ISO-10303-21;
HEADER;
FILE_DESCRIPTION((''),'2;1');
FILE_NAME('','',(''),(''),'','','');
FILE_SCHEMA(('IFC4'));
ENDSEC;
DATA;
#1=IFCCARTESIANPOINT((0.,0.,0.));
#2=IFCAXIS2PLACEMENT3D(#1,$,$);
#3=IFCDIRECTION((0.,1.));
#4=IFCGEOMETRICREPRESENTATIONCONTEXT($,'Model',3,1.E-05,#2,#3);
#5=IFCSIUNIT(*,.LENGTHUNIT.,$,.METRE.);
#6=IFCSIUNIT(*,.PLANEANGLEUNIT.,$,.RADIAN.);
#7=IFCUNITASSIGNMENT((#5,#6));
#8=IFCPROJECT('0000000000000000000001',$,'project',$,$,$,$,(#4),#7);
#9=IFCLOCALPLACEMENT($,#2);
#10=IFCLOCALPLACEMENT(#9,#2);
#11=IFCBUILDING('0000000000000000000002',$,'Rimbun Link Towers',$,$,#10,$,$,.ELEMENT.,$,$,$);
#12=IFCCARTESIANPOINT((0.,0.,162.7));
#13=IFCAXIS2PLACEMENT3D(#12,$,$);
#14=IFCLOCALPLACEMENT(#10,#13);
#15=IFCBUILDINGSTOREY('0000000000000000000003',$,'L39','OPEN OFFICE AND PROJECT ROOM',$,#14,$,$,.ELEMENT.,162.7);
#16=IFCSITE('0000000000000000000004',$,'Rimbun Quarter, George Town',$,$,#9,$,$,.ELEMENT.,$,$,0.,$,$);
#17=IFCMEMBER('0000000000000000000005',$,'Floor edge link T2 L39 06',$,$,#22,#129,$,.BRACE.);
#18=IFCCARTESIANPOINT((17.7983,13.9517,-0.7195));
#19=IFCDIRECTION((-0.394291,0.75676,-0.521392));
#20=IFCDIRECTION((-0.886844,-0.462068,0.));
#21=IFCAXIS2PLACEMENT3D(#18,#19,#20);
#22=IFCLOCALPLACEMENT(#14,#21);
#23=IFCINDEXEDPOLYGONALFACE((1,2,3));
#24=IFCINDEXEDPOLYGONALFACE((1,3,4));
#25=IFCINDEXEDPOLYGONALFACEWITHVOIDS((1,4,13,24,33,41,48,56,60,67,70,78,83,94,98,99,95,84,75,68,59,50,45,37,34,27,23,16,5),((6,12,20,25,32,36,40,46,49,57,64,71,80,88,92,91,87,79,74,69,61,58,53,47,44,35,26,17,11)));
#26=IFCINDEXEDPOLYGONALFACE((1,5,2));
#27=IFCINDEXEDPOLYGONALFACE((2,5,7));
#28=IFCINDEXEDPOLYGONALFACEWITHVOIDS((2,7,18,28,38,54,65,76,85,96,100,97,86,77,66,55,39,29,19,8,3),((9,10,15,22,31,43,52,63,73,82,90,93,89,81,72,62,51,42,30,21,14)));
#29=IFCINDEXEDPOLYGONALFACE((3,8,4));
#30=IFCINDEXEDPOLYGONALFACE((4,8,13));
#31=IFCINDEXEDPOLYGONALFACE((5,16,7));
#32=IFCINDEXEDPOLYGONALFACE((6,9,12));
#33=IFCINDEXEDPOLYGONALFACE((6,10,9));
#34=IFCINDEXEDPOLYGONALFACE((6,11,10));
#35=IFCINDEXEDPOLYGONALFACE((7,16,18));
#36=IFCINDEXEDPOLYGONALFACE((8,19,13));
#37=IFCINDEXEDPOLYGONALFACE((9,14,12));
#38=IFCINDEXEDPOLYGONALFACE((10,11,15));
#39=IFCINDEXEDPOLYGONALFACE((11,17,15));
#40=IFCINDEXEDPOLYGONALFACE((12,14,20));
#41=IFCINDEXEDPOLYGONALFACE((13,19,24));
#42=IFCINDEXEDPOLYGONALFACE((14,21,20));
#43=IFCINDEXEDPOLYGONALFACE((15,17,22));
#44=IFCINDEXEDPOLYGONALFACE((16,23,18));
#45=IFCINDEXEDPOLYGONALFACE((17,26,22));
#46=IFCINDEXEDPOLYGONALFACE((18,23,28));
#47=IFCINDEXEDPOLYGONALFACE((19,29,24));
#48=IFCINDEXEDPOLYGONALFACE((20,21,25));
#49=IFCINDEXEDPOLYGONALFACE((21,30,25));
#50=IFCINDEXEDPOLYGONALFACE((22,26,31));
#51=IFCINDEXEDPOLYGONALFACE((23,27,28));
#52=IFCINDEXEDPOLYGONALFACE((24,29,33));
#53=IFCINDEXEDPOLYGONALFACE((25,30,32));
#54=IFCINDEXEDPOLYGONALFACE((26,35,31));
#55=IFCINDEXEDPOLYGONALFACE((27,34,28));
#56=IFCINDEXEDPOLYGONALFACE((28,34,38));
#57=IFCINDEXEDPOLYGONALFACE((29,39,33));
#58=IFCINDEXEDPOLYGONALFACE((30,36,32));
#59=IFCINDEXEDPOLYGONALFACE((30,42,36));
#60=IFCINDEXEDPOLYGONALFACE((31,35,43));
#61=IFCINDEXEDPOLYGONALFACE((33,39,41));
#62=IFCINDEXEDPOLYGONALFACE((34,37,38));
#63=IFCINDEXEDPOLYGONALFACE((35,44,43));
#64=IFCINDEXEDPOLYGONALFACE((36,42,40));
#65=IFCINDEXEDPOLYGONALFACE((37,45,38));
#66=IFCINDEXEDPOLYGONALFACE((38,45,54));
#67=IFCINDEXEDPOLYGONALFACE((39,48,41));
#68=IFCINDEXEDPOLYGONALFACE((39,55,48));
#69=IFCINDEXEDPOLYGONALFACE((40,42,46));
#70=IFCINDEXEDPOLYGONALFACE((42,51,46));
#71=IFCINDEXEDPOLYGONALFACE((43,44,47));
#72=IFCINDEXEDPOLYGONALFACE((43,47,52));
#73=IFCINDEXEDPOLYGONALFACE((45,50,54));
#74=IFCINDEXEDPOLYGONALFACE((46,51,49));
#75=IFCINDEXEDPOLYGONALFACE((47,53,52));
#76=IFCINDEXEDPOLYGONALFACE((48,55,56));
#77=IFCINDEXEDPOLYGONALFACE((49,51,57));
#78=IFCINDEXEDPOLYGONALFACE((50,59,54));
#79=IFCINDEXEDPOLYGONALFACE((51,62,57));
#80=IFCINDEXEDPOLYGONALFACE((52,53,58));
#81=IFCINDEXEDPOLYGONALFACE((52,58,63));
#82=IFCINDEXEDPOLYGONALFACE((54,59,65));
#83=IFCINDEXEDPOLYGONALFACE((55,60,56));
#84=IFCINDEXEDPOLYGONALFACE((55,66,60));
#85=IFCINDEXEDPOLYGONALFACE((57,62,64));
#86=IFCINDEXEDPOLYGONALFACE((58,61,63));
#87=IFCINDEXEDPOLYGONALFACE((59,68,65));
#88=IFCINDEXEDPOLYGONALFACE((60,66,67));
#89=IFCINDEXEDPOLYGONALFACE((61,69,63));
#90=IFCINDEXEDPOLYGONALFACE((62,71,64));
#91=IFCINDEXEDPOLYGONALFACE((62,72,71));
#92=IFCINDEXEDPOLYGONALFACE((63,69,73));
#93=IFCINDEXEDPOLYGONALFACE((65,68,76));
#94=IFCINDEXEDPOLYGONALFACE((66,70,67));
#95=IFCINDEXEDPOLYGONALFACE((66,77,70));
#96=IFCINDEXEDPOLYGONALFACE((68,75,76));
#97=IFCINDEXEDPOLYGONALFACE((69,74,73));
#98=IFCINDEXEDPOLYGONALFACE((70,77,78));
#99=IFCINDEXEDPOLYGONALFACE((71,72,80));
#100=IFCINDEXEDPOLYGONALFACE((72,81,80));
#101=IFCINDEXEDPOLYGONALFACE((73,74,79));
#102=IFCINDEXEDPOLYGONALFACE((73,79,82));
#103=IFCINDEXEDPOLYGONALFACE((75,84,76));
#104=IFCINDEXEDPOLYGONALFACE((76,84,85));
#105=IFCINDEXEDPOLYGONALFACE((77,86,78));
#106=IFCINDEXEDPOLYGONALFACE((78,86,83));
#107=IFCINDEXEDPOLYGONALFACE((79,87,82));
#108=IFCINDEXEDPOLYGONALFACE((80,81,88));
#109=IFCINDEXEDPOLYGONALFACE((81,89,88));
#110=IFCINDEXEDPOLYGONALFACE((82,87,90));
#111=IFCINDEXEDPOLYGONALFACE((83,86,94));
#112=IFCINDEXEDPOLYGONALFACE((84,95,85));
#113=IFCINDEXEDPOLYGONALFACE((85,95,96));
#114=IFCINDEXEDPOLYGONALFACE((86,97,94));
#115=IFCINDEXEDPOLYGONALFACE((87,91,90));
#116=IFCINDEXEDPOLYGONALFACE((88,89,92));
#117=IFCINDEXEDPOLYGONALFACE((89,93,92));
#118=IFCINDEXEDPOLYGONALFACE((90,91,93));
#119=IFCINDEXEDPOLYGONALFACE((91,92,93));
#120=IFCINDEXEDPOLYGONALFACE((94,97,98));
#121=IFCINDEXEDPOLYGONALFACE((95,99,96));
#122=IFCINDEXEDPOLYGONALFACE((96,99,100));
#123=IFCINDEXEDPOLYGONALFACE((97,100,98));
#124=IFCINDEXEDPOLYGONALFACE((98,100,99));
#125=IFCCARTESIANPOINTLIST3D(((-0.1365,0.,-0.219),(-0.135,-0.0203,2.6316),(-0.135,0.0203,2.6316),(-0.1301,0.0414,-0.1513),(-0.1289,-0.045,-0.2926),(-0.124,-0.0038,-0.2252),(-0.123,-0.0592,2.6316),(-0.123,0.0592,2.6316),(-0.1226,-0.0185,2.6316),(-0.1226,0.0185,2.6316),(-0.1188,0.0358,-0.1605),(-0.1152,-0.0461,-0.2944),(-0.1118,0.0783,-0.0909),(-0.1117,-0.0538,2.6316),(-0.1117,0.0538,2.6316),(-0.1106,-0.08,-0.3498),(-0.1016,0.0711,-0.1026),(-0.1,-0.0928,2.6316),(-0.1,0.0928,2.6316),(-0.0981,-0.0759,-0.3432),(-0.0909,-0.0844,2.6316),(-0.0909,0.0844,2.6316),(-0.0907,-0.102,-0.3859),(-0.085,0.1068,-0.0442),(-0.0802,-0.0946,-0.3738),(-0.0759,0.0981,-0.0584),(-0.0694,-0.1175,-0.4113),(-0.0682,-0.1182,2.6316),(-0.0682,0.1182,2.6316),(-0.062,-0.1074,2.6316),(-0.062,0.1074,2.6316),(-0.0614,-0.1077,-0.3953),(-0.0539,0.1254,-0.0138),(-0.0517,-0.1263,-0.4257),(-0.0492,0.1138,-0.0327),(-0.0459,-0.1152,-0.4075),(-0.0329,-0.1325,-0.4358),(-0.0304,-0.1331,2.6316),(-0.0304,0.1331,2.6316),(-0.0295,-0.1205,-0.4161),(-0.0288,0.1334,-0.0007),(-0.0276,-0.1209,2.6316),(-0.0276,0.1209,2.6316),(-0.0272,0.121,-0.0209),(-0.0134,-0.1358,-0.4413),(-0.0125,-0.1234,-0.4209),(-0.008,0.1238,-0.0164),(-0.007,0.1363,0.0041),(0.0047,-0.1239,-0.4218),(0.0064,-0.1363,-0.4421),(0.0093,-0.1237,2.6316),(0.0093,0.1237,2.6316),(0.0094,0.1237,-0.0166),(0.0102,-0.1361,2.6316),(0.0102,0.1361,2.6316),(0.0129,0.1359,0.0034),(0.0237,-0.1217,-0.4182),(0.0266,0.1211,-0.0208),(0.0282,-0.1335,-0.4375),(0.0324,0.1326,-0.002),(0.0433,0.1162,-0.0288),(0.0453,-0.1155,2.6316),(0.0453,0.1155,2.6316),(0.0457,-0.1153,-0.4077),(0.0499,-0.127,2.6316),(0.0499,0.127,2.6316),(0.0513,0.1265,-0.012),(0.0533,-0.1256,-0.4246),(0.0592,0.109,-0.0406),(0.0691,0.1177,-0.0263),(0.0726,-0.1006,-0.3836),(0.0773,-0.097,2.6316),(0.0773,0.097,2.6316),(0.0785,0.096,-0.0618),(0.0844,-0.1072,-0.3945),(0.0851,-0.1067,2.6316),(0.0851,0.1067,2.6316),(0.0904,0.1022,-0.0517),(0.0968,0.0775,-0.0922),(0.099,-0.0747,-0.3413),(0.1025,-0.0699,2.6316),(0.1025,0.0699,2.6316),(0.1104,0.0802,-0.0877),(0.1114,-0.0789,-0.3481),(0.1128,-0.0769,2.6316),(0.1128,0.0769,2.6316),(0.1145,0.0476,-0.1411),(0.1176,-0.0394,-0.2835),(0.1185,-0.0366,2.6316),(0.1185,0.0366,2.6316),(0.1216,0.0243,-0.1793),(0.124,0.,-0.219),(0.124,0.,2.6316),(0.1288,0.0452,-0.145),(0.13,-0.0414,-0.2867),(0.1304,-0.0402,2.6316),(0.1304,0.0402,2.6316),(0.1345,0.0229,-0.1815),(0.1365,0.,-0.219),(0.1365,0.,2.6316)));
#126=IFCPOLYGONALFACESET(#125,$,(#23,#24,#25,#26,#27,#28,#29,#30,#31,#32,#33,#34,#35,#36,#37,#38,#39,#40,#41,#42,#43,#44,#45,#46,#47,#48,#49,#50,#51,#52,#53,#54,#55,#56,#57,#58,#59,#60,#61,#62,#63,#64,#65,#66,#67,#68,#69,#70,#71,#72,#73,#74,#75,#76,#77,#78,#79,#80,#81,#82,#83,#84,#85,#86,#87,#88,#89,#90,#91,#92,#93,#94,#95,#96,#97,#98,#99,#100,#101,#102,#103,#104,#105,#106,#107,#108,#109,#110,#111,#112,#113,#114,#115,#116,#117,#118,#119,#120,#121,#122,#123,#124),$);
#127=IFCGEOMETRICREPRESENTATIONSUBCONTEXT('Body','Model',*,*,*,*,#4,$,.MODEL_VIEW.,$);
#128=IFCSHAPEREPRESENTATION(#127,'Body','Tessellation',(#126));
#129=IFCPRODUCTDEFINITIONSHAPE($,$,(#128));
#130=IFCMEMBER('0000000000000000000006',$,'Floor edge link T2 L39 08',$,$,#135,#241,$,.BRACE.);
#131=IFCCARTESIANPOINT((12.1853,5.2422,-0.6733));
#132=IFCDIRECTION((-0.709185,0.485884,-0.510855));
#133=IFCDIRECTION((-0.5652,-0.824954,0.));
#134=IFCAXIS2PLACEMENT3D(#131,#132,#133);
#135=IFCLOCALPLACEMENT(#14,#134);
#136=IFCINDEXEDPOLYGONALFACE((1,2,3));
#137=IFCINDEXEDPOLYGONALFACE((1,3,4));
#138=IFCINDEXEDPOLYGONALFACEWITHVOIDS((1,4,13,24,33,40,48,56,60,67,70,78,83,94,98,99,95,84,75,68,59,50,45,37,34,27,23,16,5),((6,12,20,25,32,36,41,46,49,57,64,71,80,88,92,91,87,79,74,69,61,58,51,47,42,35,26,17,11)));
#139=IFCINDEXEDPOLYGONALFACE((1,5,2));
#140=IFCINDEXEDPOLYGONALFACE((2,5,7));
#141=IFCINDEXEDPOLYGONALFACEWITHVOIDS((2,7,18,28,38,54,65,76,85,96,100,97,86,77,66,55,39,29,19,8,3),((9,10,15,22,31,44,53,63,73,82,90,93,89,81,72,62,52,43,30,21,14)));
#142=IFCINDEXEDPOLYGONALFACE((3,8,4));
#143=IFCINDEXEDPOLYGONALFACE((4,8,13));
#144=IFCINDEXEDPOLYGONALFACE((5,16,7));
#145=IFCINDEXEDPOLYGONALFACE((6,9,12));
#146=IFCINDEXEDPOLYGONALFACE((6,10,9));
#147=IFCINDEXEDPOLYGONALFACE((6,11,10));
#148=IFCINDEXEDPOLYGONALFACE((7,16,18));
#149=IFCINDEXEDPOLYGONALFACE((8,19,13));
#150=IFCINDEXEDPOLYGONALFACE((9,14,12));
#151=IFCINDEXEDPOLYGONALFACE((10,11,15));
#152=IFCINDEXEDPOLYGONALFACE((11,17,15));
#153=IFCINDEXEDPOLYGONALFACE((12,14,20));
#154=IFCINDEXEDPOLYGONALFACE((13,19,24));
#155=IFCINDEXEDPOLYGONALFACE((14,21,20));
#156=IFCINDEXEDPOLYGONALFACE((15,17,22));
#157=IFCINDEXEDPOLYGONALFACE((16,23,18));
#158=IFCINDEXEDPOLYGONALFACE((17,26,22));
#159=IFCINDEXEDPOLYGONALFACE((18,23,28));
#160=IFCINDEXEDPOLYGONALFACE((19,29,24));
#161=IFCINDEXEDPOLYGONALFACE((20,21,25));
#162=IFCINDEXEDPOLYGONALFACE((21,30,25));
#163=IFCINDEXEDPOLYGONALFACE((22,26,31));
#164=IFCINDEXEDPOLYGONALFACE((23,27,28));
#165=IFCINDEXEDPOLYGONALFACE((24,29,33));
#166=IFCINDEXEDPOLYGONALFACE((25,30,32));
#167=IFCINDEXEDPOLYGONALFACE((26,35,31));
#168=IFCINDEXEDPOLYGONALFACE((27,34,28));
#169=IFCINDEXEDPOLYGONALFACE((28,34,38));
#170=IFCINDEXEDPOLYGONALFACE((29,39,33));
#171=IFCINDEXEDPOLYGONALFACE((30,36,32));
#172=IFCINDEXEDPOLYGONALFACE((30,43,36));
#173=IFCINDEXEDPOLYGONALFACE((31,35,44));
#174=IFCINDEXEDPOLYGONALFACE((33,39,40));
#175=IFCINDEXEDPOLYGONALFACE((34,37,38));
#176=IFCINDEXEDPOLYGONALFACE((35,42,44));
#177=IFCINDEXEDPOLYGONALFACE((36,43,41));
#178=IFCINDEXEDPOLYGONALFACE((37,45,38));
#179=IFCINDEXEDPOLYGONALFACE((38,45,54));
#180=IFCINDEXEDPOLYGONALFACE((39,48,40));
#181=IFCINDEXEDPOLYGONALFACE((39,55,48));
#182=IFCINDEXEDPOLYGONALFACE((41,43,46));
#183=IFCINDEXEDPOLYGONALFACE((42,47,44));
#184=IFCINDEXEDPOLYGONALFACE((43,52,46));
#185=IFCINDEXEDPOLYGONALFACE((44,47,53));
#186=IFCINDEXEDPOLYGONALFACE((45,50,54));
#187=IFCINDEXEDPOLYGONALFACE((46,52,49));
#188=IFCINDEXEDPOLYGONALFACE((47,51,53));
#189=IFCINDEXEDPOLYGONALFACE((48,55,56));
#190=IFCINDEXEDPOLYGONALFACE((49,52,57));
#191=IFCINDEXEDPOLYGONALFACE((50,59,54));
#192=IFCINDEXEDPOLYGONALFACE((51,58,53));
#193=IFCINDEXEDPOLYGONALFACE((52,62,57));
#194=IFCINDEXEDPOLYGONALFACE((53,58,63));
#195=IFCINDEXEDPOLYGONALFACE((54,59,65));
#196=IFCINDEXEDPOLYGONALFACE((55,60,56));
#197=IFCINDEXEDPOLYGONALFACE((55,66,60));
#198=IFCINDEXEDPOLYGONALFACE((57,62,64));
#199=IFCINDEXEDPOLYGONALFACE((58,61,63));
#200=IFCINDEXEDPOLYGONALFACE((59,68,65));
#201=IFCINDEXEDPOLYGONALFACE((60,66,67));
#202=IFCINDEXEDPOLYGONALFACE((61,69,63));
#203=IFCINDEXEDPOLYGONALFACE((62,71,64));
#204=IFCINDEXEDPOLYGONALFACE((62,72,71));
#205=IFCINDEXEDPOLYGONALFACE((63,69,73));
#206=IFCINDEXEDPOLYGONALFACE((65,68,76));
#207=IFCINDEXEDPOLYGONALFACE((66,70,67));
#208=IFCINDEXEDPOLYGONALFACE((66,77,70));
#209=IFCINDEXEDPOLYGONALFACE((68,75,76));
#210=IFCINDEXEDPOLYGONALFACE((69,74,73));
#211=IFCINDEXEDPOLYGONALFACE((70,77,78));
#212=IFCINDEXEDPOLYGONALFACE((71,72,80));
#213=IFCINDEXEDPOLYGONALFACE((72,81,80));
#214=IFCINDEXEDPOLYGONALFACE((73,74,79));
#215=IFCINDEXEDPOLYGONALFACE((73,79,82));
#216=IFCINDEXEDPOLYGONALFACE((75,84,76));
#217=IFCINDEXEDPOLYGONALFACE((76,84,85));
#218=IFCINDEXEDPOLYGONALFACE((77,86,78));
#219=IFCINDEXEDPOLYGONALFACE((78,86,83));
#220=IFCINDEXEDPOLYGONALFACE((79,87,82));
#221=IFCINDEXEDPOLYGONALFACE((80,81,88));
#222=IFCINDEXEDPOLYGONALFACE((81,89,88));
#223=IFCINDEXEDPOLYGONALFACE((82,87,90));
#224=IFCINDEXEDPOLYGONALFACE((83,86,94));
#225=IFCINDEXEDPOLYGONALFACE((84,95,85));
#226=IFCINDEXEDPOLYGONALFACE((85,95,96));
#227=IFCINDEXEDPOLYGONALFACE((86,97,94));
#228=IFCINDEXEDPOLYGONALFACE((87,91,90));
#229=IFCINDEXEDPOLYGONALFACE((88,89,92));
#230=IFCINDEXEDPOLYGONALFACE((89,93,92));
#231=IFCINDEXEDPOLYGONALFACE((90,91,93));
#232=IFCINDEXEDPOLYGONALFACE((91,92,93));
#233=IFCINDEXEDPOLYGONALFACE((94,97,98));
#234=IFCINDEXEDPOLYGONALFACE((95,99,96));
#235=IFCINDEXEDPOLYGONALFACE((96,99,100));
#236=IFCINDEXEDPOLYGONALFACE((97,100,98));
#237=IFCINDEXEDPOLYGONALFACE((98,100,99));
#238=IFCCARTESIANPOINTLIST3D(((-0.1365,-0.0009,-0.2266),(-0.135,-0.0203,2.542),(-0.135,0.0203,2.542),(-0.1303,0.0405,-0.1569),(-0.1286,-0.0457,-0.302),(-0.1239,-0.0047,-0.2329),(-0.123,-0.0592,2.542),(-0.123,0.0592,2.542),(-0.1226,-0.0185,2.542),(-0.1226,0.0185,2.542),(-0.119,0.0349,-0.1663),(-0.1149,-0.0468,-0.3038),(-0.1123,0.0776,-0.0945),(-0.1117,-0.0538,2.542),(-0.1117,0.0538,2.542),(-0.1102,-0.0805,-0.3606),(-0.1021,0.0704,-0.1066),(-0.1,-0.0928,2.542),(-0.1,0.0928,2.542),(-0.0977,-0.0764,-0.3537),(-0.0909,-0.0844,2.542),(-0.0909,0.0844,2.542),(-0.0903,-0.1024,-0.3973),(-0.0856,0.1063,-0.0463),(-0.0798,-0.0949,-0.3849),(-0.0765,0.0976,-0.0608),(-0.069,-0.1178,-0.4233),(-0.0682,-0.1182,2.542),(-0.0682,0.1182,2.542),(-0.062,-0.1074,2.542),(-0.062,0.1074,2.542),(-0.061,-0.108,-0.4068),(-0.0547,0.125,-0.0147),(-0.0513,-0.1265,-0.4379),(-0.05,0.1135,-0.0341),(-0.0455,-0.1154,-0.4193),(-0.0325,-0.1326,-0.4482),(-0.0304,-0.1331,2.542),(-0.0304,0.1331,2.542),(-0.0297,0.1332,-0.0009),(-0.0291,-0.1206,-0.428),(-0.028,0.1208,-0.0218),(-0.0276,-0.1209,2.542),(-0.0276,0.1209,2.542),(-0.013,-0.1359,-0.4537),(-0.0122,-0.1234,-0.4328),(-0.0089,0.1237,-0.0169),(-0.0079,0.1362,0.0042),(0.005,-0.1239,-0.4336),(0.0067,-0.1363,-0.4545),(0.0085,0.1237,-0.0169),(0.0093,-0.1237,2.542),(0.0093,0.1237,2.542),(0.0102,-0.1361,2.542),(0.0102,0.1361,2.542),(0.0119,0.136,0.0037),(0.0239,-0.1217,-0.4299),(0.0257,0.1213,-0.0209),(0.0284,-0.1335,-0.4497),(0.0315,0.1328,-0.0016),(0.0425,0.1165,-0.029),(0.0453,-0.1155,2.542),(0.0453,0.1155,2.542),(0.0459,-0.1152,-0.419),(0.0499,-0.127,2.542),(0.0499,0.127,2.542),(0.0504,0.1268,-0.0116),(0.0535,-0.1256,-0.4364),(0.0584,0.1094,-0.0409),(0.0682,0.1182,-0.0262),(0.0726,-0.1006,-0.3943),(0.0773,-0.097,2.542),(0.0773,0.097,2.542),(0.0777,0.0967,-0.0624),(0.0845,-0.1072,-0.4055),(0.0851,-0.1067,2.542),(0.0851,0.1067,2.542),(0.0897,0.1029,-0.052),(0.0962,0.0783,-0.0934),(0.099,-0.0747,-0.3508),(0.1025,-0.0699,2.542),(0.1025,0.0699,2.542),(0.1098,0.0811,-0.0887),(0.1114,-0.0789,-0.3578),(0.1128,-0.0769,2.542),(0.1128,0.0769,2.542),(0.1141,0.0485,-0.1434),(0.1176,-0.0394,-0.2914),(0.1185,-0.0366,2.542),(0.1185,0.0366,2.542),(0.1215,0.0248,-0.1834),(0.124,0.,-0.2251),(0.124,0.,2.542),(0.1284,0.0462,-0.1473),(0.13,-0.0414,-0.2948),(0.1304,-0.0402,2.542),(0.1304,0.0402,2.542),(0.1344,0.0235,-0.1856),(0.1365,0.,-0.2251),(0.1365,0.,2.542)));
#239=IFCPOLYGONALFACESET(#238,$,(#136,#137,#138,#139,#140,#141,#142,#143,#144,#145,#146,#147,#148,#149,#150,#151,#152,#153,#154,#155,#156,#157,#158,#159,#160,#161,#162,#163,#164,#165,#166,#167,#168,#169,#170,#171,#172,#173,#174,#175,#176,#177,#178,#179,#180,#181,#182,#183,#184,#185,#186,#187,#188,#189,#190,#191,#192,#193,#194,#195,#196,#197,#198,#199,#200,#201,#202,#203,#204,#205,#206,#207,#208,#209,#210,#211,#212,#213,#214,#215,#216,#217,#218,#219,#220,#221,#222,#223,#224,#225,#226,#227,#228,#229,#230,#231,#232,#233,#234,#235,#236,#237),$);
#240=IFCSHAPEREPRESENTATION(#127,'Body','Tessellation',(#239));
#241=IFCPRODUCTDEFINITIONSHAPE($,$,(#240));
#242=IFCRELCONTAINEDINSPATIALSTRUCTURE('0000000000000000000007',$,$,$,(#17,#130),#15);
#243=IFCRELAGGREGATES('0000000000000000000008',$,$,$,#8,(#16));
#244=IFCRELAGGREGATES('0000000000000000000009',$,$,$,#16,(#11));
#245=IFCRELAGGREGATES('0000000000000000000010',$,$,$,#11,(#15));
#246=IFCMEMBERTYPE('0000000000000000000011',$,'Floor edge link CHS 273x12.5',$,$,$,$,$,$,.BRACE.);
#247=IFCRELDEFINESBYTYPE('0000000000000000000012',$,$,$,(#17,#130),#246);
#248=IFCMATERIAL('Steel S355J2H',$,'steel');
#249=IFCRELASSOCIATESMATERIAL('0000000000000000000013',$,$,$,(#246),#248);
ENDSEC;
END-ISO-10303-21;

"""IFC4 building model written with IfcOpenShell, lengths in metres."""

from ifc_helpers import new_model, si_unit, direction, frame, origin, origin_2d, place, context, subcontext, project, spatial, hollow_circle, extrude, clip, halfspace, material, material_profile, profile_set, type_object, element, save


model = new_model("IFC4")

# Units and contexts
model_context = context("Model", 3, precision=1e-05, world=origin(), true_north=direction((0.0, 1.0)))
body_context = subcontext(model_context, "Body", "Model", "MODEL_VIEW")
ifc_project = project(units=[si_unit("LENGTHUNIT", "METRE"), si_unit("PLANEANGLEUNIT", "RADIAN")], contexts=[model_context])

# Site, building, storey
site_placement = place(None, origin())
site = spatial("IfcSite", under=ifc_project, at=site_placement, Name="Rimbun Quarter, George Town", CompositionType="ELEMENT", RefElevation=0.0)
building_placement = place(site_placement, origin())
building = spatial("IfcBuilding", under=site, at=building_placement, Name="Rimbun Link Towers", CompositionType="ELEMENT")
storey_placement = place(building_placement, frame((0.0, 0.0, 162.7)))
storey = spatial("IfcBuildingStorey", under=building, at=storey_placement, Name="L39", Description="OPEN OFFICE AND PROJECT ROOM", CompositionType="ELEMENT", Elevation=162.7)

# Members
ifc_material_1 = material(Name="Steel S355J2H", Category="steel")
ifc_material_profile_1 = material_profile(ifc_material_1, hollow_circle(Radius=0.1365, WallThickness=0.0125, at=origin_2d()), Name="CHS 273x12.5")
ifc_profile_set_1 = profile_set([ifc_material_profile_1], Name="Steel S355J2H")
member_type_1 = type_object("IfcMemberType", Name="Floor edge link CHS 273x12.5", PredefinedType="BRACE", material=ifc_profile_set_1)
member_1_placement = place(storey_placement, frame((17.7983, 13.9517, -0.7195), z_axis=(-0.394291, 0.75676, -0.521392), x_axis=(-0.886844, -0.462068, 0.0)))
element("IfcMember", 1, at=member_1_placement, inside=storey, type_object=member_type_1, Name="Floor edge link T2 L39 06", PredefinedType="BRACE", context=body_context, shape_type="Clipping", body=[
    clip(extrude(hollow_circle(Radius=0.1365, WallThickness=0.0125, at=origin_2d()), frame((0.0, 0.0, -0.4661)), (0.0, 0.0, 1.0), 3.0977), halfspace(frame((0.0, 0.0, -0.219), z_axis=(0.0, 0.853318, -0.521392)), False)),
])
member_2_placement = place(storey_placement, frame((12.1853, 5.2422, -0.6733), z_axis=(-0.709185, 0.485884, -0.510855), x_axis=(-0.5652, -0.824954, 0.0)))
element("IfcMember", 2, at=member_2_placement, inside=storey, type_object=member_type_1, Name="Floor edge link T2 L39 08", PredefinedType="BRACE", context=body_context, shape_type="Clipping", body=[
    clip(extrude(hollow_circle(Radius=0.1365, WallThickness=0.0125, at=origin_2d()), frame((0.0, 0.0, -0.479)), (0.0, 0.0, 1.0), 3.021), halfspace(frame((0.0, 0.0, -0.2251), z_axis=(0.0, 0.859667, -0.510855)), False)),
])

save(model, "model.ifc")
